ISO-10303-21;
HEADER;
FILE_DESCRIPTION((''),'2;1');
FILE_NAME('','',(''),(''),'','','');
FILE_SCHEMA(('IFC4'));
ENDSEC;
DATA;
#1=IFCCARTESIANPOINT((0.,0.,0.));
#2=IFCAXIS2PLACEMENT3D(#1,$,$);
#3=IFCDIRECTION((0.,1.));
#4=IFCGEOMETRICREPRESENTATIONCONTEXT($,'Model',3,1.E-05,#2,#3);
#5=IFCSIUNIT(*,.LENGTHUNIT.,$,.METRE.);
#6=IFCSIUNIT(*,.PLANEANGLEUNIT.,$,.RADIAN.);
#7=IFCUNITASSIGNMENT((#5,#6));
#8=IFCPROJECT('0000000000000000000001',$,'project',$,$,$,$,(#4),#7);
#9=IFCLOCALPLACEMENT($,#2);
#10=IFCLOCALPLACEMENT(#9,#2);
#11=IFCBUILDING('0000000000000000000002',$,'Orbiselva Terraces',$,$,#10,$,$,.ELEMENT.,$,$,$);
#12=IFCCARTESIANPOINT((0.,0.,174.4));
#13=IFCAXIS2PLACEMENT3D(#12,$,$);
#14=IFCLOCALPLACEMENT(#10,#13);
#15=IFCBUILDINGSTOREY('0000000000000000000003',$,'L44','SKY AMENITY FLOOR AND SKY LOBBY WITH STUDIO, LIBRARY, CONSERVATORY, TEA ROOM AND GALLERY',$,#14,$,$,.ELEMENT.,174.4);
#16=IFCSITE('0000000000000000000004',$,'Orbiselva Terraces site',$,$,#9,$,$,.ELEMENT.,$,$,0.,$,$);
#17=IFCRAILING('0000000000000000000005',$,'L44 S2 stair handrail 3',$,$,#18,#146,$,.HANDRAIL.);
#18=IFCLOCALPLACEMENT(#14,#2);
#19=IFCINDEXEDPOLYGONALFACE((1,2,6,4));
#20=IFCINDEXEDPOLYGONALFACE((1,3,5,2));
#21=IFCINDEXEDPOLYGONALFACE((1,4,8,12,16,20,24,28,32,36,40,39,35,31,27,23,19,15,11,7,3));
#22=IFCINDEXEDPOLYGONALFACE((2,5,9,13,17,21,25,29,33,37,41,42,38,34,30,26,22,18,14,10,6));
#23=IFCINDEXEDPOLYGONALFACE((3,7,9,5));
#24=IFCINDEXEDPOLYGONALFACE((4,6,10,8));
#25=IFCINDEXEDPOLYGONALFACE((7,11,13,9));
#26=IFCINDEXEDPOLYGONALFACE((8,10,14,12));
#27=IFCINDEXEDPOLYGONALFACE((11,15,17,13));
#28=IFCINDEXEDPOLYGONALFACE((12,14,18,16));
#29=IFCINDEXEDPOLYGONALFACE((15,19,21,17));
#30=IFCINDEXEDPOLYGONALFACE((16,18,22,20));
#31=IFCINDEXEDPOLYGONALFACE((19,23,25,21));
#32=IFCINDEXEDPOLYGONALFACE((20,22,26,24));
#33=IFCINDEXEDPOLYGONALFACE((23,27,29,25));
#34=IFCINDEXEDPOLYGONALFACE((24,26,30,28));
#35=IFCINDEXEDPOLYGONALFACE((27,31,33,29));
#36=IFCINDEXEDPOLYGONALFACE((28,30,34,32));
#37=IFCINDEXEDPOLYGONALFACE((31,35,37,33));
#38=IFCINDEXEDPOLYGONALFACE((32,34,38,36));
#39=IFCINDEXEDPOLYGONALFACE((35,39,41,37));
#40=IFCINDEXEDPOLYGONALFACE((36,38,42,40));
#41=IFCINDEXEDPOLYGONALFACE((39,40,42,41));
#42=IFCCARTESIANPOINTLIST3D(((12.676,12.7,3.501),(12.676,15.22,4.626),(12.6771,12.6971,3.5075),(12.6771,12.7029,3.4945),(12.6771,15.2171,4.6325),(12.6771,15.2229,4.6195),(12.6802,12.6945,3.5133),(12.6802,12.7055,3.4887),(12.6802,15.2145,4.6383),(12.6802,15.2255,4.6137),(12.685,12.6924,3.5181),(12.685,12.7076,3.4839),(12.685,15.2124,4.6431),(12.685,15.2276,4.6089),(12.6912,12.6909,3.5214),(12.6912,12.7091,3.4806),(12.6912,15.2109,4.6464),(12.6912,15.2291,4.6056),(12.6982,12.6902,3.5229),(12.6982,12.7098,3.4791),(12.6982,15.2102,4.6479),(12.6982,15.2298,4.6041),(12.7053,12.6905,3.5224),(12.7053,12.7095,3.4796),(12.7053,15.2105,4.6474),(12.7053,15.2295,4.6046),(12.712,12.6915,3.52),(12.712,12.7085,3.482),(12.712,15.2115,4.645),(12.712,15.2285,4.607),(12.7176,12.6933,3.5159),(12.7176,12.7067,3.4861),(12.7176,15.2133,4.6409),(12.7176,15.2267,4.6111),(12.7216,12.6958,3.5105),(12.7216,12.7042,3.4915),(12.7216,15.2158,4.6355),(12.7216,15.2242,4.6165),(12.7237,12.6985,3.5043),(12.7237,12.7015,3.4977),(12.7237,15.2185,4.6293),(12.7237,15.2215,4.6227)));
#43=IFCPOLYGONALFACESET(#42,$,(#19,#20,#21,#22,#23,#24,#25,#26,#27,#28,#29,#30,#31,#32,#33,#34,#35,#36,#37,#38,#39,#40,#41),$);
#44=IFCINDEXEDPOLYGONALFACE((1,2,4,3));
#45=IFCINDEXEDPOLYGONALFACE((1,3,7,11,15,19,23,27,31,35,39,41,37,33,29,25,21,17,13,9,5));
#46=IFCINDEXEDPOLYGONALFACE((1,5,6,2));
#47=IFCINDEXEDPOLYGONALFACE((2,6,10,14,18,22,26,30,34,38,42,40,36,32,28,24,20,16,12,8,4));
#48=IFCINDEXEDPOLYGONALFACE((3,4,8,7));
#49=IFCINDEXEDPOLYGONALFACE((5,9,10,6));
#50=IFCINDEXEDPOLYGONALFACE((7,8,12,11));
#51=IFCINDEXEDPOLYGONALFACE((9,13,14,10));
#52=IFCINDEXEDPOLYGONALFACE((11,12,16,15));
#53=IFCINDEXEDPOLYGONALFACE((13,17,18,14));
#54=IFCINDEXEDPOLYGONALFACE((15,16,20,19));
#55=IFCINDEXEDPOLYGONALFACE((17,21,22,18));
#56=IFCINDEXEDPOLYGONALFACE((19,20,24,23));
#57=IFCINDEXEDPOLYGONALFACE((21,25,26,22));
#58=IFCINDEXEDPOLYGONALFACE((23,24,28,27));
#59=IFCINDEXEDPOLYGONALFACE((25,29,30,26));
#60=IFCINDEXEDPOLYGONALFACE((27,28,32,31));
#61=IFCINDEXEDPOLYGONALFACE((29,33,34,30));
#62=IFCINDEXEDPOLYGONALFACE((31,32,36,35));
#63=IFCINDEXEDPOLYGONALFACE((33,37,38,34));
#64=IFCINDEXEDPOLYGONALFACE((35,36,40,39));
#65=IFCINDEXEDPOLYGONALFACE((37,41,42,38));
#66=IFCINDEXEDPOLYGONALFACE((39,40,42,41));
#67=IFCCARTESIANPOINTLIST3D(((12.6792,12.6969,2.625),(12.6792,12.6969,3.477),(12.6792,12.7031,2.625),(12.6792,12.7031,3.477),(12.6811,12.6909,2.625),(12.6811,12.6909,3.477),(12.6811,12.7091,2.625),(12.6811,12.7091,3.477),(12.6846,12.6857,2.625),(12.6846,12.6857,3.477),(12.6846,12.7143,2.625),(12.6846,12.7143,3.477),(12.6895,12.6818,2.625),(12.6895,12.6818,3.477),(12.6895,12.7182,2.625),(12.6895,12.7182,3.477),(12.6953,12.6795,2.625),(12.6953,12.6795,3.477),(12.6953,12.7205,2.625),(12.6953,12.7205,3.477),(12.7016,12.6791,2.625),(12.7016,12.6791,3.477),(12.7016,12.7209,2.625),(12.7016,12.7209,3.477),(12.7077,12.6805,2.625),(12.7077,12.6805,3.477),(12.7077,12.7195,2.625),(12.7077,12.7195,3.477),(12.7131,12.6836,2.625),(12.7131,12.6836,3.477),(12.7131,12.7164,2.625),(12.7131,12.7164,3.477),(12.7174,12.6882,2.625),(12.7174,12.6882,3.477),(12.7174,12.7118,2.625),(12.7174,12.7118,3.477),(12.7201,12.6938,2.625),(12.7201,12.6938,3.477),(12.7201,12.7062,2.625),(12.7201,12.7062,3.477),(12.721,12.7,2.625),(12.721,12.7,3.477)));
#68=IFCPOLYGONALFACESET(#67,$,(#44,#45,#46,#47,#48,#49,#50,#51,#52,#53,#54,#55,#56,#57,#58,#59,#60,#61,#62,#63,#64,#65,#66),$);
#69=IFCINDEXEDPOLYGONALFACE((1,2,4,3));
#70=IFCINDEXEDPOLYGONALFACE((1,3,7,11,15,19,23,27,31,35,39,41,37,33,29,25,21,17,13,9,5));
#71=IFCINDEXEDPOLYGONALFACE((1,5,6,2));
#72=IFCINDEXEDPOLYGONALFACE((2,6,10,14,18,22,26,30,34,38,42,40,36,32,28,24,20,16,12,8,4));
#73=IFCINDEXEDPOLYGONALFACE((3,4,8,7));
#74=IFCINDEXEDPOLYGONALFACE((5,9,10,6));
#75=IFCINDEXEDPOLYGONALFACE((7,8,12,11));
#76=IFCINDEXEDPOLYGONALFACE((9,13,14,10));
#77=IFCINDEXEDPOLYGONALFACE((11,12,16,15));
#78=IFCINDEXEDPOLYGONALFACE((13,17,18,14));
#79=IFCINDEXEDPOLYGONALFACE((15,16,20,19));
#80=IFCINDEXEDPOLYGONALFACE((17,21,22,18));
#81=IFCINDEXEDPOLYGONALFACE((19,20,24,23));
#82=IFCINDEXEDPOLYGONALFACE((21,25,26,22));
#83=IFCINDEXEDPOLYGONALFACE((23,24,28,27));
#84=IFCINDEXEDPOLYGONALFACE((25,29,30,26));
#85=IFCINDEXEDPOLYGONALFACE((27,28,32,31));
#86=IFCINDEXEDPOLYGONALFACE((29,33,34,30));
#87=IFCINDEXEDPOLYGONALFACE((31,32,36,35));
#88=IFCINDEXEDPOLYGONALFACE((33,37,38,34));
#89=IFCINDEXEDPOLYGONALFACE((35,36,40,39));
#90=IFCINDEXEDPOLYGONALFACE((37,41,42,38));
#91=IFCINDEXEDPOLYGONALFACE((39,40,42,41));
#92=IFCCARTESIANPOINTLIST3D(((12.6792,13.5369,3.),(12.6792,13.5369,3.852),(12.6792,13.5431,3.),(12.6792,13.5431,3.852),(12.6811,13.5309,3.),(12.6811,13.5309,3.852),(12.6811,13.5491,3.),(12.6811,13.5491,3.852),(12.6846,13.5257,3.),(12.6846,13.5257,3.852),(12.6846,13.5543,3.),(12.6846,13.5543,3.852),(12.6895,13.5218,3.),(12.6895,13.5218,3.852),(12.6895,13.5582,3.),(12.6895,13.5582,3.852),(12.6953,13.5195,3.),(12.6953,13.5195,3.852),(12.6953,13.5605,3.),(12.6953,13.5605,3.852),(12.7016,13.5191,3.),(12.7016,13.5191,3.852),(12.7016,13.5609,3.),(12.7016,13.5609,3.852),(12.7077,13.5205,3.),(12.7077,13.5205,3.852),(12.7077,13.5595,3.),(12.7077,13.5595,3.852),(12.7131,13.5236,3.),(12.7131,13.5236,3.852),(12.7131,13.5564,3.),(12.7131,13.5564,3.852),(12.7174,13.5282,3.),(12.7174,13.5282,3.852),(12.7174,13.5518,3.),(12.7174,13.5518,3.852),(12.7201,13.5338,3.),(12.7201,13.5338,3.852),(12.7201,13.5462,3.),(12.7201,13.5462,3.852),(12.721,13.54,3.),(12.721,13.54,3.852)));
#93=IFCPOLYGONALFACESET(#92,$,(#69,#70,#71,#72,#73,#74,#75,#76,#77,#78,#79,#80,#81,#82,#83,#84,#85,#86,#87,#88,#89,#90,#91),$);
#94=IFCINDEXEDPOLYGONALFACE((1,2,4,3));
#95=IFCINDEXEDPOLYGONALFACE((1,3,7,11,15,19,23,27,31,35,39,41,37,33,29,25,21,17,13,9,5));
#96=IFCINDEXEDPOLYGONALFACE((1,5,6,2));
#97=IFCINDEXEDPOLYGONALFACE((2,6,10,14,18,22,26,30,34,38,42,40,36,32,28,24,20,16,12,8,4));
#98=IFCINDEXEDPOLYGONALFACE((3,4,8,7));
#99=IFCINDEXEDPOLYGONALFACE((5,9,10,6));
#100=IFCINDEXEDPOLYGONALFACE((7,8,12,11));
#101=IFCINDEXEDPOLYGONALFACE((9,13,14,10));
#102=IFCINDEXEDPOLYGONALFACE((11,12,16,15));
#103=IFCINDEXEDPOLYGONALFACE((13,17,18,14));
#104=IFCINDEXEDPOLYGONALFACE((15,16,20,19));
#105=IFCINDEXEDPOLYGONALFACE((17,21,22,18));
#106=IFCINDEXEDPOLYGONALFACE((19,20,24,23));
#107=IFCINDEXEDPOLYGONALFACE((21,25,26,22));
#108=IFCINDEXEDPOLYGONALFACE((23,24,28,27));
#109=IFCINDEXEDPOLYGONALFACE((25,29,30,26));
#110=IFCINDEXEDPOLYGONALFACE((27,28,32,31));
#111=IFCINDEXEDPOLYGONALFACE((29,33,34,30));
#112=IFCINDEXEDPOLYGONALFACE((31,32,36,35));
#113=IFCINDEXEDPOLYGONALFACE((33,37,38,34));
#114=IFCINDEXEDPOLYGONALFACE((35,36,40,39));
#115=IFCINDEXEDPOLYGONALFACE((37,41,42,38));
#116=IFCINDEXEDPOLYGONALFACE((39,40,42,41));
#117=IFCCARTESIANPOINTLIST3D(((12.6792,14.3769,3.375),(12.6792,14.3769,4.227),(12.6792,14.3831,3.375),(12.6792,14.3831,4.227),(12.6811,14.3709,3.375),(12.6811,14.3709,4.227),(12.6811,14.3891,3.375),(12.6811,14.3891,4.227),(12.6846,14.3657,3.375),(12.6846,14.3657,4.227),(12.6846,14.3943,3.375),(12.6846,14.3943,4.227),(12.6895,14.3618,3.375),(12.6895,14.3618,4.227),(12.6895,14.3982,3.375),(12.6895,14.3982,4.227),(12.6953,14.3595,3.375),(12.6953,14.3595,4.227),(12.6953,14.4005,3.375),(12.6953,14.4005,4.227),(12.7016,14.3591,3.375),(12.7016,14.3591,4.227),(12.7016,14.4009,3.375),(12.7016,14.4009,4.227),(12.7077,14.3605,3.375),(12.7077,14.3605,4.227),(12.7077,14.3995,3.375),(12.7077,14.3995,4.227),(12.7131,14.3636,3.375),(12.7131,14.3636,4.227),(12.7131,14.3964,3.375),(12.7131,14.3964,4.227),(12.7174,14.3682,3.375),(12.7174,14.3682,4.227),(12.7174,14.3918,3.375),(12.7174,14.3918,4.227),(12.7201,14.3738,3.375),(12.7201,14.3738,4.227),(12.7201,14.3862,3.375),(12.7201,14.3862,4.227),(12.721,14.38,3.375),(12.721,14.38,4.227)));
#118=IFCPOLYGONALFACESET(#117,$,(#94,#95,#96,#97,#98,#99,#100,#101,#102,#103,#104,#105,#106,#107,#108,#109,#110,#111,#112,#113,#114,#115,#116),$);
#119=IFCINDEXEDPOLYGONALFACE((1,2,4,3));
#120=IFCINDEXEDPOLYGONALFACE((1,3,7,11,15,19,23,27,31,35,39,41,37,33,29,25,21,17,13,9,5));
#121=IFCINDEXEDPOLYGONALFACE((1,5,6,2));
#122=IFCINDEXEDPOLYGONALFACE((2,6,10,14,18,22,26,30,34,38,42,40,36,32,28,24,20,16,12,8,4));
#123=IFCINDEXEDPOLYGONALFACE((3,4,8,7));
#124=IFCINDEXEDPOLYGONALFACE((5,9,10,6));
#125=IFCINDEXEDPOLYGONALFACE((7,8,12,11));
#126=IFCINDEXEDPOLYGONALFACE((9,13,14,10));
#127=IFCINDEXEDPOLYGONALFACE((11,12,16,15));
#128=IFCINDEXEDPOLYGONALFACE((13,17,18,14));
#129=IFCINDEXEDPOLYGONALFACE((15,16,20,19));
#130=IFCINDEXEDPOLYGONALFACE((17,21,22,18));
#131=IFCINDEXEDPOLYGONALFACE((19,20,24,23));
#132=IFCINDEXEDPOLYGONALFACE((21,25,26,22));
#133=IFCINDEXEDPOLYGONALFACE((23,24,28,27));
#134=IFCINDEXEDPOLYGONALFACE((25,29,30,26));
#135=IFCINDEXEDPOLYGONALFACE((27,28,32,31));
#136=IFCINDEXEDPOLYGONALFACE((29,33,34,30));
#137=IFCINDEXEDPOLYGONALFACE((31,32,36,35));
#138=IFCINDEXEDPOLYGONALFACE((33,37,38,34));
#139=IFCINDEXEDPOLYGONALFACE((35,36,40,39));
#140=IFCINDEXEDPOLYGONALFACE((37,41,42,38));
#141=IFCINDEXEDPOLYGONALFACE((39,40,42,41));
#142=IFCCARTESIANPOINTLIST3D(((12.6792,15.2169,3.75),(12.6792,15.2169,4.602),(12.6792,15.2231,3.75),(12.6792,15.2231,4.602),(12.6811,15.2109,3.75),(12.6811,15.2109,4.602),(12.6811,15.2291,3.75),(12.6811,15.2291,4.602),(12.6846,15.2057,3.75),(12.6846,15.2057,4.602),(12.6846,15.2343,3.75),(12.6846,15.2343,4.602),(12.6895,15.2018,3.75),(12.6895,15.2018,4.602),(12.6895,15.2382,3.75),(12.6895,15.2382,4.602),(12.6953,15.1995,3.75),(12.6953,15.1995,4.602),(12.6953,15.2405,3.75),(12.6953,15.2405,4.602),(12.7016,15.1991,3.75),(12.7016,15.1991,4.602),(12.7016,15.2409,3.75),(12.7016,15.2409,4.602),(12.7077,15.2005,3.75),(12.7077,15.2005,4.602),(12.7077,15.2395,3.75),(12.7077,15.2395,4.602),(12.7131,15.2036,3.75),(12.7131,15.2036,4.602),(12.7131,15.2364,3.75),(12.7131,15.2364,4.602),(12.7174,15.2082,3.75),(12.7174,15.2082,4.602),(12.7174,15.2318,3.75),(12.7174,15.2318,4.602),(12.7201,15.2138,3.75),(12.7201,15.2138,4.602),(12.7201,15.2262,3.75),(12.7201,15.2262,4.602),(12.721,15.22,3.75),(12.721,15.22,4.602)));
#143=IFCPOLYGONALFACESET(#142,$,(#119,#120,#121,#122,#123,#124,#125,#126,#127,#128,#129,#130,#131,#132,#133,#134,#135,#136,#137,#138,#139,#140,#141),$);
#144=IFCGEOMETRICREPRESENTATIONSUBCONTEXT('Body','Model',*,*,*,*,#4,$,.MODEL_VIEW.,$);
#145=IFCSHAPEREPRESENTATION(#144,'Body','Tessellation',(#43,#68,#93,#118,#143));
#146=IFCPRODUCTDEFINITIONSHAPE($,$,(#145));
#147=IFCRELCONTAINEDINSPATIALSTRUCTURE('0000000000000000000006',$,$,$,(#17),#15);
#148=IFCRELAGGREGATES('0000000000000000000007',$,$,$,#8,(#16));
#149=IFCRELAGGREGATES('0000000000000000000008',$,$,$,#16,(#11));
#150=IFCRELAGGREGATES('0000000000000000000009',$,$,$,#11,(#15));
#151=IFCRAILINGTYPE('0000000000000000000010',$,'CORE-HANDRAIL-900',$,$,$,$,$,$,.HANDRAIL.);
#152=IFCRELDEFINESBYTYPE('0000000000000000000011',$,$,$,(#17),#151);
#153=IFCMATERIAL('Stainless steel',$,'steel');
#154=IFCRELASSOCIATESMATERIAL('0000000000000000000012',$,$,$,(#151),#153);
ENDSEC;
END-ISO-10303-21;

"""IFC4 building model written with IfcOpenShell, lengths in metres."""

from ifc_helpers import new_model, si_unit, direction, frame, origin, origin_2d, place, context, subcontext, project, spatial, circle, extrude, material, type_object, element, save


model = new_model("IFC4")

# Units and contexts
model_context = context("Model", 3, precision=1e-05, world=origin(), true_north=direction((0.0, 1.0)))
body_context = subcontext(model_context, "Body", "Model", "MODEL_VIEW")
ifc_project = project(units=[si_unit("LENGTHUNIT", "METRE"), si_unit("PLANEANGLEUNIT", "RADIAN")], contexts=[model_context])

# Site, building, storey
site_placement = place(None, origin())
site = spatial("IfcSite", under=ifc_project, at=site_placement, Name="Orbiselva Terraces site", CompositionType="ELEMENT", RefElevation=0.0)
building_placement = place(site_placement, origin())
building = spatial("IfcBuilding", under=site, at=building_placement, Name="Orbiselva Terraces", CompositionType="ELEMENT")
storey_placement = place(building_placement, frame((0.0, 0.0, 174.4)))
storey = spatial("IfcBuildingStorey", under=building, at=storey_placement, Name="L44", Description="SKY AMENITY FLOOR AND SKY LOBBY WITH STUDIO, LIBRARY, CONSERVATORY, TEA ROOM AND GALLERY", CompositionType="ELEMENT", Elevation=174.4)

# Railing
ifc_material_1 = material(Name="Stainless steel", Category="steel")
railing_type = type_object("IfcRailingType", Name="CORE-HANDRAIL-900", PredefinedType="HANDRAIL", material=ifc_material_1)
for number, where, name in (
    (1, (12.7, 12.7, 2.625), "L44 S2 stair handrail 3"),
):
    element("IfcRailing", number, at=place(storey_placement, frame(where)), inside=storey, type_object=railing_type, Name=name, PredefinedType="HANDRAIL", context=body_context, shape_type="SweptSolid", body=[
        extrude(circle(Radius=0.024, at=origin_2d()), frame((0.0, 0.0, 0.876), z_axis=(0.0, 0.913138, 0.407651), x_axis=(-1.0, 0.0, 0.0)), (0.0, 0.0, 1.0), 2.7597),
        extrude(circle(Radius=0.021, at=origin_2d()), origin(), (0.0, 0.0, 1.0), 0.852),
        extrude(circle(Radius=0.021, at=origin_2d()), frame((0.0, 0.84, 0.375)), (0.0, 0.0, 1.0), 0.852),
        extrude(circle(Radius=0.021, at=origin_2d()), frame((0.0, 1.68, 0.75)), (0.0, 0.0, 1.0), 0.852),
        extrude(circle(Radius=0.021, at=origin_2d()), frame((0.0, 2.52, 1.125)), (0.0, 0.0, 1.0), 0.852),
    ])

save(model, "model.ifc")
